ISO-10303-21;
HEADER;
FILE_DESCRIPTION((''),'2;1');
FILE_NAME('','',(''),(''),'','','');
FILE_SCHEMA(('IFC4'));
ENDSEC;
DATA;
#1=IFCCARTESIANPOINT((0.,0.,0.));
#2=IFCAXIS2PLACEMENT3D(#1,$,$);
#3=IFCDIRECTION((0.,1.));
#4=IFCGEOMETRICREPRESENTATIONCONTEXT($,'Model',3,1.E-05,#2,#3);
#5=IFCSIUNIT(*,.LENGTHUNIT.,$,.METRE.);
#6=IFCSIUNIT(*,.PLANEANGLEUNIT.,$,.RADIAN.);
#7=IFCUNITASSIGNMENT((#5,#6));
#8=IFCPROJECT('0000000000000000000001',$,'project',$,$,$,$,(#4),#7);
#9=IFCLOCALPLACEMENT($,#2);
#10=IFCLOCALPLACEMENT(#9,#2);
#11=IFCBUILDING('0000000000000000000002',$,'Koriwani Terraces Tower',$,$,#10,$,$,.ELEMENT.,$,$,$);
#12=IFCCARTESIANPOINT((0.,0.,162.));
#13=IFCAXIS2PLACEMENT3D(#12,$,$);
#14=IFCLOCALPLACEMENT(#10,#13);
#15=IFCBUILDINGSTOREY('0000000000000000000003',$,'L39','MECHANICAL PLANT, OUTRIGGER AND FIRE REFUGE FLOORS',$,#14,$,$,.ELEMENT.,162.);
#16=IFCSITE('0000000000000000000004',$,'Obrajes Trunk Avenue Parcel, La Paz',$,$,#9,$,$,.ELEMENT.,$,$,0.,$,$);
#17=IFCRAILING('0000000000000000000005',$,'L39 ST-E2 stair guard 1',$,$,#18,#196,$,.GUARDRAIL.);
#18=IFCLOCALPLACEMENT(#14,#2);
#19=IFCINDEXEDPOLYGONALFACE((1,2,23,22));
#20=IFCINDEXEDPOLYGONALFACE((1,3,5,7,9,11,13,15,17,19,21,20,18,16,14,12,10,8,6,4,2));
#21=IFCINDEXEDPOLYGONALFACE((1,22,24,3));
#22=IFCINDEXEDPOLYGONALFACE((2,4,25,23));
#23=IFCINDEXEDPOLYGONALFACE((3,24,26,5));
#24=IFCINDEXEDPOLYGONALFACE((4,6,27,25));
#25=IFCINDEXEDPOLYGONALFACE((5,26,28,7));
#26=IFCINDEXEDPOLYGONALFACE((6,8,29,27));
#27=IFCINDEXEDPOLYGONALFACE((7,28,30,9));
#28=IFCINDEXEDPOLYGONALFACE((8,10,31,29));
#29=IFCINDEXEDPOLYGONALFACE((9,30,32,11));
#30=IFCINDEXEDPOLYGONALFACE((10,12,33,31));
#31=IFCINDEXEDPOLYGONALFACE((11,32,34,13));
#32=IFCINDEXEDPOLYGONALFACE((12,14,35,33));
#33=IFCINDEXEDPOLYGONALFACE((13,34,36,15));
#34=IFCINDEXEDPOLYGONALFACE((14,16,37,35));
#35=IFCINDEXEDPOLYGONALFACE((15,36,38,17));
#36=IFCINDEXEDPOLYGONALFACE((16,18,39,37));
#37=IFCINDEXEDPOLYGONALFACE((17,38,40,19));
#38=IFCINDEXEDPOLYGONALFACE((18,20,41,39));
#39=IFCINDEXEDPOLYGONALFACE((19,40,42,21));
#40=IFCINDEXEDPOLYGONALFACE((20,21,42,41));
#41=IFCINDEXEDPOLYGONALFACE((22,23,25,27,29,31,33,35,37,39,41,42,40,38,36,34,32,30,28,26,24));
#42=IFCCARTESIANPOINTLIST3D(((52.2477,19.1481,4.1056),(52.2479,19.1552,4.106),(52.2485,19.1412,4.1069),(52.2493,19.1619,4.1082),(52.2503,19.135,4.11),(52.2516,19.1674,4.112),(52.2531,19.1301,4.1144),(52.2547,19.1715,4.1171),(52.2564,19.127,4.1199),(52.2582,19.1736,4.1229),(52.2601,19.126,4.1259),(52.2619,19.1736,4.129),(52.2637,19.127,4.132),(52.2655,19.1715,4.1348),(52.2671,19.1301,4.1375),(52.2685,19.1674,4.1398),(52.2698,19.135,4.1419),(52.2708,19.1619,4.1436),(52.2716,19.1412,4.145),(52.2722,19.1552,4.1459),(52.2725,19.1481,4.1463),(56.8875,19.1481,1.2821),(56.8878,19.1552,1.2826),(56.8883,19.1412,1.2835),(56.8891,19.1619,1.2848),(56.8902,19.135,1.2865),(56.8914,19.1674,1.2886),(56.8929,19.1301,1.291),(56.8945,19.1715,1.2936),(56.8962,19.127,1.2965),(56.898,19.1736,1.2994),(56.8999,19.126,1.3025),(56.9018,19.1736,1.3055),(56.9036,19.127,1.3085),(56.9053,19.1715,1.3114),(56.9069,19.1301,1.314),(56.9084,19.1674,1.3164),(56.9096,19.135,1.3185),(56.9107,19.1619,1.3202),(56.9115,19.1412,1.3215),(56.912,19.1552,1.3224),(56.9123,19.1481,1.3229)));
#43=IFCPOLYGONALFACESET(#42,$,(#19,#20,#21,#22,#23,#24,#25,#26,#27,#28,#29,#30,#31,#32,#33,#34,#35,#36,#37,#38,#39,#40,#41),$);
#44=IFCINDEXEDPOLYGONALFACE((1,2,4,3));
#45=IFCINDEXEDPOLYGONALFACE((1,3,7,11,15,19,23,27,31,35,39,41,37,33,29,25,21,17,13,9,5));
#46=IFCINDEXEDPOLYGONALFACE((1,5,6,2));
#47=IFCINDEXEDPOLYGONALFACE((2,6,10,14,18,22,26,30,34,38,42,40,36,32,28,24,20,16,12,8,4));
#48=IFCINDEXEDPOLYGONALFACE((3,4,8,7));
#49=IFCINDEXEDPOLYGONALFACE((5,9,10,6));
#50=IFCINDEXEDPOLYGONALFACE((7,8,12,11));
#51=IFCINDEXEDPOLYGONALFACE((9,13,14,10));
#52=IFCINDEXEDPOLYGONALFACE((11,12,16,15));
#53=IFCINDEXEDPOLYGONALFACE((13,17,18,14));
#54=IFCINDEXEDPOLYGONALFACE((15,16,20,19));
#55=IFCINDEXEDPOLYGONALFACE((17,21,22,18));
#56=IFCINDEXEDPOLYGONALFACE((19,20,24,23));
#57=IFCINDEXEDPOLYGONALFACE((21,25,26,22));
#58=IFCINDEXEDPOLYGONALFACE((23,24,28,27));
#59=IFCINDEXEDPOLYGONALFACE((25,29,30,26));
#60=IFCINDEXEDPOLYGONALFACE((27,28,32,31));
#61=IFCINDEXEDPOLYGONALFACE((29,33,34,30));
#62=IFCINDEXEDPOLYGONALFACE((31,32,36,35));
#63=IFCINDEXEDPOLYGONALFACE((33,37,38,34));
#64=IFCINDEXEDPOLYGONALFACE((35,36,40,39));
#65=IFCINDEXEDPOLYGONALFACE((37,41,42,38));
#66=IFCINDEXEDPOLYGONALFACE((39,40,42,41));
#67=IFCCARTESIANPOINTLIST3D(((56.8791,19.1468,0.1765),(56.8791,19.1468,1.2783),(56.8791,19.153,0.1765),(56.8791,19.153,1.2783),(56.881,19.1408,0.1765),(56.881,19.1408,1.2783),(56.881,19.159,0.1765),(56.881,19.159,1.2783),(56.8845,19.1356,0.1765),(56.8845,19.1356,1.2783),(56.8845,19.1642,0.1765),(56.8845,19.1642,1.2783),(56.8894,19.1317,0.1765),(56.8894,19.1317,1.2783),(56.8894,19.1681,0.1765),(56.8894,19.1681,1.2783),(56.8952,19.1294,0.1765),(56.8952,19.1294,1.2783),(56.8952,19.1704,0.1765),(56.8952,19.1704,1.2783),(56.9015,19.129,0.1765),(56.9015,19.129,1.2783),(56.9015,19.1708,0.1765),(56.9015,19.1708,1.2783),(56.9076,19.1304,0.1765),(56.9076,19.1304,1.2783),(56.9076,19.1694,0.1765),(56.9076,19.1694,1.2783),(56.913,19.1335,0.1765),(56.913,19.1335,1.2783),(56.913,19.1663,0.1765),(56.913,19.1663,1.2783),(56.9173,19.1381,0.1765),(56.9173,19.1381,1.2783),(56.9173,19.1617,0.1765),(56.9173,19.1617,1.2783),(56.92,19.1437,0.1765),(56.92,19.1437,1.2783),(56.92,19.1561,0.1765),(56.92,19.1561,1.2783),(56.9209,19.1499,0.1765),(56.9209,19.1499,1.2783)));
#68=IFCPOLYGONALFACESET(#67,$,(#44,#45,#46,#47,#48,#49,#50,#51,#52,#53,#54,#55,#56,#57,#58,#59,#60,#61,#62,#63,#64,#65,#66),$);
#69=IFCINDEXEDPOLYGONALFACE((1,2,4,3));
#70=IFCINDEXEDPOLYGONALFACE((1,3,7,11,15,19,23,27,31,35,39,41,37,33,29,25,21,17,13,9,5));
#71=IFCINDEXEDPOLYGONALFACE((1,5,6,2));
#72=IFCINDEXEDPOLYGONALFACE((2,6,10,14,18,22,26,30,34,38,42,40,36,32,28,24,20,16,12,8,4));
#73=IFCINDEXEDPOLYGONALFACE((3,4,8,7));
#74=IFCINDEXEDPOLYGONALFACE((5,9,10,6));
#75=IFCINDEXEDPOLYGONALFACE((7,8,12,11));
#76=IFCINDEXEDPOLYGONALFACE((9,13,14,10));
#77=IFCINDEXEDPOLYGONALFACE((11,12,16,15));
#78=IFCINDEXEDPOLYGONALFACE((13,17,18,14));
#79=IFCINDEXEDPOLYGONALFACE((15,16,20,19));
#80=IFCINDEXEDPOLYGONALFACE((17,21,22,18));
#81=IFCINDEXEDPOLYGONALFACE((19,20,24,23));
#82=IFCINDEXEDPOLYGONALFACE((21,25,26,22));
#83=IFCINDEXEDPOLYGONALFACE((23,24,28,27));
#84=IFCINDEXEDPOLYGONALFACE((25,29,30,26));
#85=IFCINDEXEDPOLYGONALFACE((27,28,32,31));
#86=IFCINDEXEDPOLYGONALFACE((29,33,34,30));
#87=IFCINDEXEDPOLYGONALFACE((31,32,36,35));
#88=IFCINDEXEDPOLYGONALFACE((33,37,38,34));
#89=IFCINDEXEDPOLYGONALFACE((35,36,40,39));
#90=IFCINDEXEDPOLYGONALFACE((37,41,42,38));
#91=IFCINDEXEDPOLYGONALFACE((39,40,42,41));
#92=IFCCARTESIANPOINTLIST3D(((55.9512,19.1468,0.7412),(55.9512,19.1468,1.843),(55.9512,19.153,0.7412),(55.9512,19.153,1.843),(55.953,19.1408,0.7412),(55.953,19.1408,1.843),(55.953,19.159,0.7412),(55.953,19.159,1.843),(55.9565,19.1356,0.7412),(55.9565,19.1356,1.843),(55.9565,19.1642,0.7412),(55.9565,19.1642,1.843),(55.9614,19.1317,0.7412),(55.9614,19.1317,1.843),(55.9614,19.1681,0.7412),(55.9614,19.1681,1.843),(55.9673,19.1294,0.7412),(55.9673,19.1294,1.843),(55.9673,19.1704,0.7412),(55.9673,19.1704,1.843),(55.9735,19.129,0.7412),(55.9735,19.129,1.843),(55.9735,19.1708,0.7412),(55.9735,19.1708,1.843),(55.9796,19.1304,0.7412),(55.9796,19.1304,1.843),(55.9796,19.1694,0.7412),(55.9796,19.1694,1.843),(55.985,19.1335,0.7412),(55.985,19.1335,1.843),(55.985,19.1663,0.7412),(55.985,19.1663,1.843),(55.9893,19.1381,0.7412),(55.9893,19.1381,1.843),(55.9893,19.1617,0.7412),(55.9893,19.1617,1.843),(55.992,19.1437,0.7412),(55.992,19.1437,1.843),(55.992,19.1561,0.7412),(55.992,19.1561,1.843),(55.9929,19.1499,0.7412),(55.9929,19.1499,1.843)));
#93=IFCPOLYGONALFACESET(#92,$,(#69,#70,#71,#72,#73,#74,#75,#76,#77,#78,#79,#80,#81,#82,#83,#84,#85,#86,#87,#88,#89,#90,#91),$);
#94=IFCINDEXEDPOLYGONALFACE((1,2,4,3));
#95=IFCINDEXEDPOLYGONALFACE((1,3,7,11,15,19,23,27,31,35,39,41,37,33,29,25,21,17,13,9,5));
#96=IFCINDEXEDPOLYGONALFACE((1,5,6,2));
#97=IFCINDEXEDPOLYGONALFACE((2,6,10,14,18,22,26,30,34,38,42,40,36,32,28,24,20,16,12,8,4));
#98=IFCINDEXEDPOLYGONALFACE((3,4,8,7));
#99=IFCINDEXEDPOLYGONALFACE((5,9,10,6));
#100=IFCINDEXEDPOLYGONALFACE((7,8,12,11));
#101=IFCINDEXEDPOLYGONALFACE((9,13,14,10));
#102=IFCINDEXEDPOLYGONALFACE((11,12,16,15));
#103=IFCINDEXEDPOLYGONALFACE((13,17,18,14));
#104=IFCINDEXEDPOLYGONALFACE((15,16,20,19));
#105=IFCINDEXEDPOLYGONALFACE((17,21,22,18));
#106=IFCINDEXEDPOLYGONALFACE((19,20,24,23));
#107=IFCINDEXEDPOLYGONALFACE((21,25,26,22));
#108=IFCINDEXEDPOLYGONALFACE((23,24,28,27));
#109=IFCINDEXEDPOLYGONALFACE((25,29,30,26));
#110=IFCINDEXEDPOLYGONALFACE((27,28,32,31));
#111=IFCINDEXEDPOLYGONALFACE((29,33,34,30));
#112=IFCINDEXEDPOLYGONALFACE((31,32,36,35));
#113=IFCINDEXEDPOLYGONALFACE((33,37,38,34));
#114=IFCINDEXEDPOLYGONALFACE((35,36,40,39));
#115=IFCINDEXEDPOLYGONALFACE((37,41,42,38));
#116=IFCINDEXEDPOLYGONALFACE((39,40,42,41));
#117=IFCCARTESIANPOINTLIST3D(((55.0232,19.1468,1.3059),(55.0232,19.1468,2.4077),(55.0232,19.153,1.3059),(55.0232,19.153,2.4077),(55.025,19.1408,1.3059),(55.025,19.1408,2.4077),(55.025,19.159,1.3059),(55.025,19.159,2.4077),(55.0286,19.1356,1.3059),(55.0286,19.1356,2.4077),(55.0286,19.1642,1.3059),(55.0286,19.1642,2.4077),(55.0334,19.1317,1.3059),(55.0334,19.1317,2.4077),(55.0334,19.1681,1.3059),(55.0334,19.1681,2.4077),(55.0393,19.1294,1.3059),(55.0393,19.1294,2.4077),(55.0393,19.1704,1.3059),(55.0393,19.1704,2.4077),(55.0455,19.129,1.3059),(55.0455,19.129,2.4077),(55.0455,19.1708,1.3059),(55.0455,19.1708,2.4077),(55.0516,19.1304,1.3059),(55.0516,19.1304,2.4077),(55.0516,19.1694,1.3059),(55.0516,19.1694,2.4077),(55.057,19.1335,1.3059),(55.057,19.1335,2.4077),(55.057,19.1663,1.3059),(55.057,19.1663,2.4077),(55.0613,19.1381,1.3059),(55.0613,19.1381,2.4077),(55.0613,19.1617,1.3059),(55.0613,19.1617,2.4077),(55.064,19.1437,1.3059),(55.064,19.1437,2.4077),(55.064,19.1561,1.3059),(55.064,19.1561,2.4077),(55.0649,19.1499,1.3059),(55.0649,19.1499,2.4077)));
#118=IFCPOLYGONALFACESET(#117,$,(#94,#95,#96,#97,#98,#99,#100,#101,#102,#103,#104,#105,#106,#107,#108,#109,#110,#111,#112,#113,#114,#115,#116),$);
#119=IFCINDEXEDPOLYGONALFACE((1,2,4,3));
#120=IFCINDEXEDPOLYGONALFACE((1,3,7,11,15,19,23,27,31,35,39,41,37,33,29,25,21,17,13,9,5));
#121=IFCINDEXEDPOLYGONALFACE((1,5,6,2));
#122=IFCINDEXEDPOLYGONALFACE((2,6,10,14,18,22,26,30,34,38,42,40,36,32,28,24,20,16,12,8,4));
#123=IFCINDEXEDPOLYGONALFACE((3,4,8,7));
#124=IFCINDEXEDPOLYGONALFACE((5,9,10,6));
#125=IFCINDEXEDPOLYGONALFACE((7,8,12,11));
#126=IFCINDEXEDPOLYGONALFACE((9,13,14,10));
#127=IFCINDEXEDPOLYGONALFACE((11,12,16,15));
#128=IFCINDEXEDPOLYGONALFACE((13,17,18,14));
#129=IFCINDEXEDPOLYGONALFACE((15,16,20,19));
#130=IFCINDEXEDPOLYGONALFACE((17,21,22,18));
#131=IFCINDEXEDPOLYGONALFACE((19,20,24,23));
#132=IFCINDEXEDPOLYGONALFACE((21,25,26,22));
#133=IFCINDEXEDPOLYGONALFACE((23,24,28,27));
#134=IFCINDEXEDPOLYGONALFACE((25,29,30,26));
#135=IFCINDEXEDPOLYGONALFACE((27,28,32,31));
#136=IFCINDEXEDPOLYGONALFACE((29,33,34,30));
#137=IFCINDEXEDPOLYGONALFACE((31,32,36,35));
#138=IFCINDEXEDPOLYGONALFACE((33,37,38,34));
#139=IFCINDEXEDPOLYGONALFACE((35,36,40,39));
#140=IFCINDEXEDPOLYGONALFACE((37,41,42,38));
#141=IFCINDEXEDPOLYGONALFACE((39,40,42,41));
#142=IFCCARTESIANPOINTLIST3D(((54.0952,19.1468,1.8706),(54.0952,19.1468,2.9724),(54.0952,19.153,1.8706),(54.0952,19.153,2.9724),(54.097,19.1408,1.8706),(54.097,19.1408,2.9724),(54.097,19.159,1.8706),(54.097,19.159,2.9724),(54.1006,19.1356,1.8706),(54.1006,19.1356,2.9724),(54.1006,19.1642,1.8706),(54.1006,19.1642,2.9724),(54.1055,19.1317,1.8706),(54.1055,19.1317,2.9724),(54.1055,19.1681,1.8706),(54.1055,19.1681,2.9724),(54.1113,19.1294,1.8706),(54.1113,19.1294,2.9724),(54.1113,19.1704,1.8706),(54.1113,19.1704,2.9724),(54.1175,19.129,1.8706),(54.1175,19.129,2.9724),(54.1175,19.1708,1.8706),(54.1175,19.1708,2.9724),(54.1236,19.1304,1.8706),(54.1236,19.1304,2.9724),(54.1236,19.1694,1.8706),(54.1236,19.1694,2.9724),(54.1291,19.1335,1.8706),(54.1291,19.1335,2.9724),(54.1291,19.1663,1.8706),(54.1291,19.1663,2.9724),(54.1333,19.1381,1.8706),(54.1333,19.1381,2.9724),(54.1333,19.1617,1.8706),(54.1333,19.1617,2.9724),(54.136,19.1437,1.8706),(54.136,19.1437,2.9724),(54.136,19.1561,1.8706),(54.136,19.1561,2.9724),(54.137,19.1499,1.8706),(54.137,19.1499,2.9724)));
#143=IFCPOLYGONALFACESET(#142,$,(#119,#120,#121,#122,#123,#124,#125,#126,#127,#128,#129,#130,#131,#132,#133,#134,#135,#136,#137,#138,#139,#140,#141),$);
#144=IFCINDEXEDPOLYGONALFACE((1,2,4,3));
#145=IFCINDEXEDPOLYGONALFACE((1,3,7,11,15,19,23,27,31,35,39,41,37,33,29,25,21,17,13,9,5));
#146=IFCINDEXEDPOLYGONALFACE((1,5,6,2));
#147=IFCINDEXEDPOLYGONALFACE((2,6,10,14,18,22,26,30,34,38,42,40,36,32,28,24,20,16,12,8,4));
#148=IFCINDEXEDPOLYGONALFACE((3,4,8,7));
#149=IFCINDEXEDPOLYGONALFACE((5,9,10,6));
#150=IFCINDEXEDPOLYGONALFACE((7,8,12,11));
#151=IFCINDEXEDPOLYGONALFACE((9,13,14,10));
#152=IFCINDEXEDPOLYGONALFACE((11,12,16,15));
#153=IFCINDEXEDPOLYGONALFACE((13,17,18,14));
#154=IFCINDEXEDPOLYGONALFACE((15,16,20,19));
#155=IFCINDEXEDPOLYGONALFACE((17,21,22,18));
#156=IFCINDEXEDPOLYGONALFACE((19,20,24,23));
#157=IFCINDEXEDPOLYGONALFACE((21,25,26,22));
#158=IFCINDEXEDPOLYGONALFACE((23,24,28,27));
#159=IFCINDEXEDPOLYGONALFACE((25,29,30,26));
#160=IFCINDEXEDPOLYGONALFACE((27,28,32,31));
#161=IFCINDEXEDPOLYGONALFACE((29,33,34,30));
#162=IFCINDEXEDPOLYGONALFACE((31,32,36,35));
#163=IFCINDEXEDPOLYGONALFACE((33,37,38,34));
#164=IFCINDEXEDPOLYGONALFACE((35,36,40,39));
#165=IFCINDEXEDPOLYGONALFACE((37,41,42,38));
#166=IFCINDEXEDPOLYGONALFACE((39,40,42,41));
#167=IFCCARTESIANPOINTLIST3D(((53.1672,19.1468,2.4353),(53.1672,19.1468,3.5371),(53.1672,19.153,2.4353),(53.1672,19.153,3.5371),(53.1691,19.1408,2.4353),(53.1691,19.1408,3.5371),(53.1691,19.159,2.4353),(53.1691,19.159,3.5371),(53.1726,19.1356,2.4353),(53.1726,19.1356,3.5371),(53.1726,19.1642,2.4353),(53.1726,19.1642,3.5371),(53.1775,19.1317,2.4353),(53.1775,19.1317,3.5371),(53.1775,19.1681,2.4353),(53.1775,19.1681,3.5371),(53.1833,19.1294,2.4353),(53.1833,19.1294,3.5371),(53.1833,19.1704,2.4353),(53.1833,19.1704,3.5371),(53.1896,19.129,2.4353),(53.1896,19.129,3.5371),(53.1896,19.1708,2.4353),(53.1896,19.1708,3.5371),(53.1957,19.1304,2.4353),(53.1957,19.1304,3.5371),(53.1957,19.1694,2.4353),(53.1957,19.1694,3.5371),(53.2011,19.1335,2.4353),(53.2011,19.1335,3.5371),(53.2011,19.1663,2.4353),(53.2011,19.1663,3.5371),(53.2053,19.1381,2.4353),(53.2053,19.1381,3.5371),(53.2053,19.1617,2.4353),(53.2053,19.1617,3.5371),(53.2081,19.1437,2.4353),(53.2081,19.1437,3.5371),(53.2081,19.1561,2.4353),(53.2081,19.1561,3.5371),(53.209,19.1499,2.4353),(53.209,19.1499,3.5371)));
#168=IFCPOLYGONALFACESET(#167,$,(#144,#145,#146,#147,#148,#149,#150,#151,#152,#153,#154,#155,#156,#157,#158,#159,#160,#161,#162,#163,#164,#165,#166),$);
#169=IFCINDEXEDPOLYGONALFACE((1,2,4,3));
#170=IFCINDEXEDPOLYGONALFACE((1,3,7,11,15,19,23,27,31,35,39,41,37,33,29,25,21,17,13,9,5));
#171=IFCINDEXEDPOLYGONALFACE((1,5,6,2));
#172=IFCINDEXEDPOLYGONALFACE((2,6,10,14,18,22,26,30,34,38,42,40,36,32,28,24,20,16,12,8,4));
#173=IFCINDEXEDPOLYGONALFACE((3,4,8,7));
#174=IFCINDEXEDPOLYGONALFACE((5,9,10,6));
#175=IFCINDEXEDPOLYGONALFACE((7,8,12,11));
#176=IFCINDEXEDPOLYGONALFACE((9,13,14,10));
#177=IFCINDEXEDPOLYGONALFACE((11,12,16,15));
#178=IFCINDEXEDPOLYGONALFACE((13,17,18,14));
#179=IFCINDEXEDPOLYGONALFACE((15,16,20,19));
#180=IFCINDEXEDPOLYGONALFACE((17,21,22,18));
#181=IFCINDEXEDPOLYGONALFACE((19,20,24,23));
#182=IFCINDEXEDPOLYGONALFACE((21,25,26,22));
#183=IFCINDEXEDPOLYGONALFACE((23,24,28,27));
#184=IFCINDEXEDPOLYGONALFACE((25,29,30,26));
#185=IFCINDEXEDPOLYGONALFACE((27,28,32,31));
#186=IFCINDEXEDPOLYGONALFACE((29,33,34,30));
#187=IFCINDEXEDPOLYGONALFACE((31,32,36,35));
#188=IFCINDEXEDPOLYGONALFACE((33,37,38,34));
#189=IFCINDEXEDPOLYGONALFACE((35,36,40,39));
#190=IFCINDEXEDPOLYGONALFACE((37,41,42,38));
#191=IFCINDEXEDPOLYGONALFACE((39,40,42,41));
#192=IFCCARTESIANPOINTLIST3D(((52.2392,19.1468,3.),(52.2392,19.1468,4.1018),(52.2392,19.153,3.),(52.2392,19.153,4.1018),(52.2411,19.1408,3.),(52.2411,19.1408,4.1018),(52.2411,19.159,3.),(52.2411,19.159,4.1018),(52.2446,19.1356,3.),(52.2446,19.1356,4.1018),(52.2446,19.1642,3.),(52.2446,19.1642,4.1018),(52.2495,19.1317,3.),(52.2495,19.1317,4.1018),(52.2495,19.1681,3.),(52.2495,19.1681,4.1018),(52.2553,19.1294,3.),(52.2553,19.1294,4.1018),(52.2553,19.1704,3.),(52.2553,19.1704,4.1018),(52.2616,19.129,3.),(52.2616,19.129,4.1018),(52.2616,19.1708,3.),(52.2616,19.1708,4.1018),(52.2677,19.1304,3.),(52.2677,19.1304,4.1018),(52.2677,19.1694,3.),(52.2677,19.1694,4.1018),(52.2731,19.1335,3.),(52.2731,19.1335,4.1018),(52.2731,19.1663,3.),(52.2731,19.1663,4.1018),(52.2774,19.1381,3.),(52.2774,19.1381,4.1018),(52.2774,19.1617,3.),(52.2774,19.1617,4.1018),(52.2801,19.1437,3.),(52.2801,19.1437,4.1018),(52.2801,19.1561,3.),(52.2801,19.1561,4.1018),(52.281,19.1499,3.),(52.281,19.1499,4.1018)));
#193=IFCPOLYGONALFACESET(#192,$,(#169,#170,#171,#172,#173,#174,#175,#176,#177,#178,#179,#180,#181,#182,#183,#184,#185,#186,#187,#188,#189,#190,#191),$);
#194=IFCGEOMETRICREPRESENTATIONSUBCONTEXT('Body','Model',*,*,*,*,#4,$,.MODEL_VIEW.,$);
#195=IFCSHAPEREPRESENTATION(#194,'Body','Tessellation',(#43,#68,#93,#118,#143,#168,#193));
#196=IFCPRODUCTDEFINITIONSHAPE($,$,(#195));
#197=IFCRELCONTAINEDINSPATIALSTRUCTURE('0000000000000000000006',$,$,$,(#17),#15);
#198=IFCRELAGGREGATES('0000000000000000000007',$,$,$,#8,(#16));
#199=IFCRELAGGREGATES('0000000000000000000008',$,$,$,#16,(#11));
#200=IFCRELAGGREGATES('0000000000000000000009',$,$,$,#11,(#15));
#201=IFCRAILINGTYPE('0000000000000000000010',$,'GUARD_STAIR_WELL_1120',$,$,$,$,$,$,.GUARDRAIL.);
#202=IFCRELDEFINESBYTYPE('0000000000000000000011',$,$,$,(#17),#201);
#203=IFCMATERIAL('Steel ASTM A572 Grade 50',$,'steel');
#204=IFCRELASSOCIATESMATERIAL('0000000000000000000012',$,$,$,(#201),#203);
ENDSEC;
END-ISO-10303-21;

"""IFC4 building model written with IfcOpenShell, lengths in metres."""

from ifc_helpers import new_model, si_unit, direction, frame, origin, origin_2d, place, context, subcontext, project, spatial, circle, extrude, material, type_object, element, save


model = new_model("IFC4")

# Units and contexts
model_context = context("Model", 3, precision=1e-05, world=origin(), true_north=direction((0.0, 1.0)))
body_context = subcontext(model_context, "Body", "Model", "MODEL_VIEW")
ifc_project = project(units=[si_unit("LENGTHUNIT", "METRE"), si_unit("PLANEANGLEUNIT", "RADIAN")], contexts=[model_context])

# Site, building, storey
site_placement = place(None, origin())
site = spatial("IfcSite", under=ifc_project, at=site_placement, Name="Obrajes Trunk Avenue Parcel, La Paz", CompositionType="ELEMENT", RefElevation=0.0)
building_placement = place(site_placement, origin())
building = spatial("IfcBuilding", under=site, at=building_placement, Name="Koriwani Terraces Tower", CompositionType="ELEMENT")
storey_placement = place(building_placement, frame((0.0, 0.0, 162.0)))
storey = spatial("IfcBuildingStorey", under=building, at=storey_placement, Name="L39", Description="MECHANICAL PLANT, OUTRIGGER AND FIRE REFUGE FLOORS", CompositionType="ELEMENT", Elevation=162.0)

# Shared definitions
ifc_material_1 = material(Name="Steel ASTM A572 Grade 50", Category="steel")

# Railing
railing_type_1 = type_object("IfcRailingType", Name="GUARD_STAIR_WELL_1120", PredefinedType="GUARDRAIL", material=ifc_material_1)
railing_1_placement = place(storey_placement, frame((56.8999, 19.1499, 0.1765)))
element("IfcRailing", 1, at=railing_1_placement, inside=storey, type_object=railing_type_1, Name="L39 ST-E2 stair guard 1", PredefinedType="GUARDRAIL", context=body_context, shape_type="SweptSolid", body=[
    extrude(circle(Radius=0.0239, at=origin_2d()), frame((0.0, 0.0, 1.126), z_axis=(-0.854264, 0.0, 0.51984), x_axis=(0.0, -1.0, 0.0)), (0.0, 0.0, 1.0), 5.4314),
    extrude(circle(Radius=0.021, at=origin_2d()), origin(), (0.0, 0.0, 1.0), 1.1018),
    extrude(circle(Radius=0.021, at=origin_2d()), frame((-0.928, 0.0, 0.5647)), (0.0, 0.0, 1.0), 1.1018),
    extrude(circle(Radius=0.021, at=origin_2d()), frame((-1.856, 0.0, 1.1294)), (0.0, 0.0, 1.0), 1.1018),
    extrude(circle(Radius=0.021, at=origin_2d()), frame((-2.7839, 0.0, 1.6941)), (0.0, 0.0, 1.0), 1.1018),
    extrude(circle(Radius=0.021, at=origin_2d()), frame((-3.7119, 0.0, 2.2588)), (0.0, 0.0, 1.0), 1.1018),
    extrude(circle(Radius=0.021, at=origin_2d()), frame((-4.6399, 0.0, 2.8235)), (0.0, 0.0, 1.0), 1.1018),
])

save(model, "model.ifc")
